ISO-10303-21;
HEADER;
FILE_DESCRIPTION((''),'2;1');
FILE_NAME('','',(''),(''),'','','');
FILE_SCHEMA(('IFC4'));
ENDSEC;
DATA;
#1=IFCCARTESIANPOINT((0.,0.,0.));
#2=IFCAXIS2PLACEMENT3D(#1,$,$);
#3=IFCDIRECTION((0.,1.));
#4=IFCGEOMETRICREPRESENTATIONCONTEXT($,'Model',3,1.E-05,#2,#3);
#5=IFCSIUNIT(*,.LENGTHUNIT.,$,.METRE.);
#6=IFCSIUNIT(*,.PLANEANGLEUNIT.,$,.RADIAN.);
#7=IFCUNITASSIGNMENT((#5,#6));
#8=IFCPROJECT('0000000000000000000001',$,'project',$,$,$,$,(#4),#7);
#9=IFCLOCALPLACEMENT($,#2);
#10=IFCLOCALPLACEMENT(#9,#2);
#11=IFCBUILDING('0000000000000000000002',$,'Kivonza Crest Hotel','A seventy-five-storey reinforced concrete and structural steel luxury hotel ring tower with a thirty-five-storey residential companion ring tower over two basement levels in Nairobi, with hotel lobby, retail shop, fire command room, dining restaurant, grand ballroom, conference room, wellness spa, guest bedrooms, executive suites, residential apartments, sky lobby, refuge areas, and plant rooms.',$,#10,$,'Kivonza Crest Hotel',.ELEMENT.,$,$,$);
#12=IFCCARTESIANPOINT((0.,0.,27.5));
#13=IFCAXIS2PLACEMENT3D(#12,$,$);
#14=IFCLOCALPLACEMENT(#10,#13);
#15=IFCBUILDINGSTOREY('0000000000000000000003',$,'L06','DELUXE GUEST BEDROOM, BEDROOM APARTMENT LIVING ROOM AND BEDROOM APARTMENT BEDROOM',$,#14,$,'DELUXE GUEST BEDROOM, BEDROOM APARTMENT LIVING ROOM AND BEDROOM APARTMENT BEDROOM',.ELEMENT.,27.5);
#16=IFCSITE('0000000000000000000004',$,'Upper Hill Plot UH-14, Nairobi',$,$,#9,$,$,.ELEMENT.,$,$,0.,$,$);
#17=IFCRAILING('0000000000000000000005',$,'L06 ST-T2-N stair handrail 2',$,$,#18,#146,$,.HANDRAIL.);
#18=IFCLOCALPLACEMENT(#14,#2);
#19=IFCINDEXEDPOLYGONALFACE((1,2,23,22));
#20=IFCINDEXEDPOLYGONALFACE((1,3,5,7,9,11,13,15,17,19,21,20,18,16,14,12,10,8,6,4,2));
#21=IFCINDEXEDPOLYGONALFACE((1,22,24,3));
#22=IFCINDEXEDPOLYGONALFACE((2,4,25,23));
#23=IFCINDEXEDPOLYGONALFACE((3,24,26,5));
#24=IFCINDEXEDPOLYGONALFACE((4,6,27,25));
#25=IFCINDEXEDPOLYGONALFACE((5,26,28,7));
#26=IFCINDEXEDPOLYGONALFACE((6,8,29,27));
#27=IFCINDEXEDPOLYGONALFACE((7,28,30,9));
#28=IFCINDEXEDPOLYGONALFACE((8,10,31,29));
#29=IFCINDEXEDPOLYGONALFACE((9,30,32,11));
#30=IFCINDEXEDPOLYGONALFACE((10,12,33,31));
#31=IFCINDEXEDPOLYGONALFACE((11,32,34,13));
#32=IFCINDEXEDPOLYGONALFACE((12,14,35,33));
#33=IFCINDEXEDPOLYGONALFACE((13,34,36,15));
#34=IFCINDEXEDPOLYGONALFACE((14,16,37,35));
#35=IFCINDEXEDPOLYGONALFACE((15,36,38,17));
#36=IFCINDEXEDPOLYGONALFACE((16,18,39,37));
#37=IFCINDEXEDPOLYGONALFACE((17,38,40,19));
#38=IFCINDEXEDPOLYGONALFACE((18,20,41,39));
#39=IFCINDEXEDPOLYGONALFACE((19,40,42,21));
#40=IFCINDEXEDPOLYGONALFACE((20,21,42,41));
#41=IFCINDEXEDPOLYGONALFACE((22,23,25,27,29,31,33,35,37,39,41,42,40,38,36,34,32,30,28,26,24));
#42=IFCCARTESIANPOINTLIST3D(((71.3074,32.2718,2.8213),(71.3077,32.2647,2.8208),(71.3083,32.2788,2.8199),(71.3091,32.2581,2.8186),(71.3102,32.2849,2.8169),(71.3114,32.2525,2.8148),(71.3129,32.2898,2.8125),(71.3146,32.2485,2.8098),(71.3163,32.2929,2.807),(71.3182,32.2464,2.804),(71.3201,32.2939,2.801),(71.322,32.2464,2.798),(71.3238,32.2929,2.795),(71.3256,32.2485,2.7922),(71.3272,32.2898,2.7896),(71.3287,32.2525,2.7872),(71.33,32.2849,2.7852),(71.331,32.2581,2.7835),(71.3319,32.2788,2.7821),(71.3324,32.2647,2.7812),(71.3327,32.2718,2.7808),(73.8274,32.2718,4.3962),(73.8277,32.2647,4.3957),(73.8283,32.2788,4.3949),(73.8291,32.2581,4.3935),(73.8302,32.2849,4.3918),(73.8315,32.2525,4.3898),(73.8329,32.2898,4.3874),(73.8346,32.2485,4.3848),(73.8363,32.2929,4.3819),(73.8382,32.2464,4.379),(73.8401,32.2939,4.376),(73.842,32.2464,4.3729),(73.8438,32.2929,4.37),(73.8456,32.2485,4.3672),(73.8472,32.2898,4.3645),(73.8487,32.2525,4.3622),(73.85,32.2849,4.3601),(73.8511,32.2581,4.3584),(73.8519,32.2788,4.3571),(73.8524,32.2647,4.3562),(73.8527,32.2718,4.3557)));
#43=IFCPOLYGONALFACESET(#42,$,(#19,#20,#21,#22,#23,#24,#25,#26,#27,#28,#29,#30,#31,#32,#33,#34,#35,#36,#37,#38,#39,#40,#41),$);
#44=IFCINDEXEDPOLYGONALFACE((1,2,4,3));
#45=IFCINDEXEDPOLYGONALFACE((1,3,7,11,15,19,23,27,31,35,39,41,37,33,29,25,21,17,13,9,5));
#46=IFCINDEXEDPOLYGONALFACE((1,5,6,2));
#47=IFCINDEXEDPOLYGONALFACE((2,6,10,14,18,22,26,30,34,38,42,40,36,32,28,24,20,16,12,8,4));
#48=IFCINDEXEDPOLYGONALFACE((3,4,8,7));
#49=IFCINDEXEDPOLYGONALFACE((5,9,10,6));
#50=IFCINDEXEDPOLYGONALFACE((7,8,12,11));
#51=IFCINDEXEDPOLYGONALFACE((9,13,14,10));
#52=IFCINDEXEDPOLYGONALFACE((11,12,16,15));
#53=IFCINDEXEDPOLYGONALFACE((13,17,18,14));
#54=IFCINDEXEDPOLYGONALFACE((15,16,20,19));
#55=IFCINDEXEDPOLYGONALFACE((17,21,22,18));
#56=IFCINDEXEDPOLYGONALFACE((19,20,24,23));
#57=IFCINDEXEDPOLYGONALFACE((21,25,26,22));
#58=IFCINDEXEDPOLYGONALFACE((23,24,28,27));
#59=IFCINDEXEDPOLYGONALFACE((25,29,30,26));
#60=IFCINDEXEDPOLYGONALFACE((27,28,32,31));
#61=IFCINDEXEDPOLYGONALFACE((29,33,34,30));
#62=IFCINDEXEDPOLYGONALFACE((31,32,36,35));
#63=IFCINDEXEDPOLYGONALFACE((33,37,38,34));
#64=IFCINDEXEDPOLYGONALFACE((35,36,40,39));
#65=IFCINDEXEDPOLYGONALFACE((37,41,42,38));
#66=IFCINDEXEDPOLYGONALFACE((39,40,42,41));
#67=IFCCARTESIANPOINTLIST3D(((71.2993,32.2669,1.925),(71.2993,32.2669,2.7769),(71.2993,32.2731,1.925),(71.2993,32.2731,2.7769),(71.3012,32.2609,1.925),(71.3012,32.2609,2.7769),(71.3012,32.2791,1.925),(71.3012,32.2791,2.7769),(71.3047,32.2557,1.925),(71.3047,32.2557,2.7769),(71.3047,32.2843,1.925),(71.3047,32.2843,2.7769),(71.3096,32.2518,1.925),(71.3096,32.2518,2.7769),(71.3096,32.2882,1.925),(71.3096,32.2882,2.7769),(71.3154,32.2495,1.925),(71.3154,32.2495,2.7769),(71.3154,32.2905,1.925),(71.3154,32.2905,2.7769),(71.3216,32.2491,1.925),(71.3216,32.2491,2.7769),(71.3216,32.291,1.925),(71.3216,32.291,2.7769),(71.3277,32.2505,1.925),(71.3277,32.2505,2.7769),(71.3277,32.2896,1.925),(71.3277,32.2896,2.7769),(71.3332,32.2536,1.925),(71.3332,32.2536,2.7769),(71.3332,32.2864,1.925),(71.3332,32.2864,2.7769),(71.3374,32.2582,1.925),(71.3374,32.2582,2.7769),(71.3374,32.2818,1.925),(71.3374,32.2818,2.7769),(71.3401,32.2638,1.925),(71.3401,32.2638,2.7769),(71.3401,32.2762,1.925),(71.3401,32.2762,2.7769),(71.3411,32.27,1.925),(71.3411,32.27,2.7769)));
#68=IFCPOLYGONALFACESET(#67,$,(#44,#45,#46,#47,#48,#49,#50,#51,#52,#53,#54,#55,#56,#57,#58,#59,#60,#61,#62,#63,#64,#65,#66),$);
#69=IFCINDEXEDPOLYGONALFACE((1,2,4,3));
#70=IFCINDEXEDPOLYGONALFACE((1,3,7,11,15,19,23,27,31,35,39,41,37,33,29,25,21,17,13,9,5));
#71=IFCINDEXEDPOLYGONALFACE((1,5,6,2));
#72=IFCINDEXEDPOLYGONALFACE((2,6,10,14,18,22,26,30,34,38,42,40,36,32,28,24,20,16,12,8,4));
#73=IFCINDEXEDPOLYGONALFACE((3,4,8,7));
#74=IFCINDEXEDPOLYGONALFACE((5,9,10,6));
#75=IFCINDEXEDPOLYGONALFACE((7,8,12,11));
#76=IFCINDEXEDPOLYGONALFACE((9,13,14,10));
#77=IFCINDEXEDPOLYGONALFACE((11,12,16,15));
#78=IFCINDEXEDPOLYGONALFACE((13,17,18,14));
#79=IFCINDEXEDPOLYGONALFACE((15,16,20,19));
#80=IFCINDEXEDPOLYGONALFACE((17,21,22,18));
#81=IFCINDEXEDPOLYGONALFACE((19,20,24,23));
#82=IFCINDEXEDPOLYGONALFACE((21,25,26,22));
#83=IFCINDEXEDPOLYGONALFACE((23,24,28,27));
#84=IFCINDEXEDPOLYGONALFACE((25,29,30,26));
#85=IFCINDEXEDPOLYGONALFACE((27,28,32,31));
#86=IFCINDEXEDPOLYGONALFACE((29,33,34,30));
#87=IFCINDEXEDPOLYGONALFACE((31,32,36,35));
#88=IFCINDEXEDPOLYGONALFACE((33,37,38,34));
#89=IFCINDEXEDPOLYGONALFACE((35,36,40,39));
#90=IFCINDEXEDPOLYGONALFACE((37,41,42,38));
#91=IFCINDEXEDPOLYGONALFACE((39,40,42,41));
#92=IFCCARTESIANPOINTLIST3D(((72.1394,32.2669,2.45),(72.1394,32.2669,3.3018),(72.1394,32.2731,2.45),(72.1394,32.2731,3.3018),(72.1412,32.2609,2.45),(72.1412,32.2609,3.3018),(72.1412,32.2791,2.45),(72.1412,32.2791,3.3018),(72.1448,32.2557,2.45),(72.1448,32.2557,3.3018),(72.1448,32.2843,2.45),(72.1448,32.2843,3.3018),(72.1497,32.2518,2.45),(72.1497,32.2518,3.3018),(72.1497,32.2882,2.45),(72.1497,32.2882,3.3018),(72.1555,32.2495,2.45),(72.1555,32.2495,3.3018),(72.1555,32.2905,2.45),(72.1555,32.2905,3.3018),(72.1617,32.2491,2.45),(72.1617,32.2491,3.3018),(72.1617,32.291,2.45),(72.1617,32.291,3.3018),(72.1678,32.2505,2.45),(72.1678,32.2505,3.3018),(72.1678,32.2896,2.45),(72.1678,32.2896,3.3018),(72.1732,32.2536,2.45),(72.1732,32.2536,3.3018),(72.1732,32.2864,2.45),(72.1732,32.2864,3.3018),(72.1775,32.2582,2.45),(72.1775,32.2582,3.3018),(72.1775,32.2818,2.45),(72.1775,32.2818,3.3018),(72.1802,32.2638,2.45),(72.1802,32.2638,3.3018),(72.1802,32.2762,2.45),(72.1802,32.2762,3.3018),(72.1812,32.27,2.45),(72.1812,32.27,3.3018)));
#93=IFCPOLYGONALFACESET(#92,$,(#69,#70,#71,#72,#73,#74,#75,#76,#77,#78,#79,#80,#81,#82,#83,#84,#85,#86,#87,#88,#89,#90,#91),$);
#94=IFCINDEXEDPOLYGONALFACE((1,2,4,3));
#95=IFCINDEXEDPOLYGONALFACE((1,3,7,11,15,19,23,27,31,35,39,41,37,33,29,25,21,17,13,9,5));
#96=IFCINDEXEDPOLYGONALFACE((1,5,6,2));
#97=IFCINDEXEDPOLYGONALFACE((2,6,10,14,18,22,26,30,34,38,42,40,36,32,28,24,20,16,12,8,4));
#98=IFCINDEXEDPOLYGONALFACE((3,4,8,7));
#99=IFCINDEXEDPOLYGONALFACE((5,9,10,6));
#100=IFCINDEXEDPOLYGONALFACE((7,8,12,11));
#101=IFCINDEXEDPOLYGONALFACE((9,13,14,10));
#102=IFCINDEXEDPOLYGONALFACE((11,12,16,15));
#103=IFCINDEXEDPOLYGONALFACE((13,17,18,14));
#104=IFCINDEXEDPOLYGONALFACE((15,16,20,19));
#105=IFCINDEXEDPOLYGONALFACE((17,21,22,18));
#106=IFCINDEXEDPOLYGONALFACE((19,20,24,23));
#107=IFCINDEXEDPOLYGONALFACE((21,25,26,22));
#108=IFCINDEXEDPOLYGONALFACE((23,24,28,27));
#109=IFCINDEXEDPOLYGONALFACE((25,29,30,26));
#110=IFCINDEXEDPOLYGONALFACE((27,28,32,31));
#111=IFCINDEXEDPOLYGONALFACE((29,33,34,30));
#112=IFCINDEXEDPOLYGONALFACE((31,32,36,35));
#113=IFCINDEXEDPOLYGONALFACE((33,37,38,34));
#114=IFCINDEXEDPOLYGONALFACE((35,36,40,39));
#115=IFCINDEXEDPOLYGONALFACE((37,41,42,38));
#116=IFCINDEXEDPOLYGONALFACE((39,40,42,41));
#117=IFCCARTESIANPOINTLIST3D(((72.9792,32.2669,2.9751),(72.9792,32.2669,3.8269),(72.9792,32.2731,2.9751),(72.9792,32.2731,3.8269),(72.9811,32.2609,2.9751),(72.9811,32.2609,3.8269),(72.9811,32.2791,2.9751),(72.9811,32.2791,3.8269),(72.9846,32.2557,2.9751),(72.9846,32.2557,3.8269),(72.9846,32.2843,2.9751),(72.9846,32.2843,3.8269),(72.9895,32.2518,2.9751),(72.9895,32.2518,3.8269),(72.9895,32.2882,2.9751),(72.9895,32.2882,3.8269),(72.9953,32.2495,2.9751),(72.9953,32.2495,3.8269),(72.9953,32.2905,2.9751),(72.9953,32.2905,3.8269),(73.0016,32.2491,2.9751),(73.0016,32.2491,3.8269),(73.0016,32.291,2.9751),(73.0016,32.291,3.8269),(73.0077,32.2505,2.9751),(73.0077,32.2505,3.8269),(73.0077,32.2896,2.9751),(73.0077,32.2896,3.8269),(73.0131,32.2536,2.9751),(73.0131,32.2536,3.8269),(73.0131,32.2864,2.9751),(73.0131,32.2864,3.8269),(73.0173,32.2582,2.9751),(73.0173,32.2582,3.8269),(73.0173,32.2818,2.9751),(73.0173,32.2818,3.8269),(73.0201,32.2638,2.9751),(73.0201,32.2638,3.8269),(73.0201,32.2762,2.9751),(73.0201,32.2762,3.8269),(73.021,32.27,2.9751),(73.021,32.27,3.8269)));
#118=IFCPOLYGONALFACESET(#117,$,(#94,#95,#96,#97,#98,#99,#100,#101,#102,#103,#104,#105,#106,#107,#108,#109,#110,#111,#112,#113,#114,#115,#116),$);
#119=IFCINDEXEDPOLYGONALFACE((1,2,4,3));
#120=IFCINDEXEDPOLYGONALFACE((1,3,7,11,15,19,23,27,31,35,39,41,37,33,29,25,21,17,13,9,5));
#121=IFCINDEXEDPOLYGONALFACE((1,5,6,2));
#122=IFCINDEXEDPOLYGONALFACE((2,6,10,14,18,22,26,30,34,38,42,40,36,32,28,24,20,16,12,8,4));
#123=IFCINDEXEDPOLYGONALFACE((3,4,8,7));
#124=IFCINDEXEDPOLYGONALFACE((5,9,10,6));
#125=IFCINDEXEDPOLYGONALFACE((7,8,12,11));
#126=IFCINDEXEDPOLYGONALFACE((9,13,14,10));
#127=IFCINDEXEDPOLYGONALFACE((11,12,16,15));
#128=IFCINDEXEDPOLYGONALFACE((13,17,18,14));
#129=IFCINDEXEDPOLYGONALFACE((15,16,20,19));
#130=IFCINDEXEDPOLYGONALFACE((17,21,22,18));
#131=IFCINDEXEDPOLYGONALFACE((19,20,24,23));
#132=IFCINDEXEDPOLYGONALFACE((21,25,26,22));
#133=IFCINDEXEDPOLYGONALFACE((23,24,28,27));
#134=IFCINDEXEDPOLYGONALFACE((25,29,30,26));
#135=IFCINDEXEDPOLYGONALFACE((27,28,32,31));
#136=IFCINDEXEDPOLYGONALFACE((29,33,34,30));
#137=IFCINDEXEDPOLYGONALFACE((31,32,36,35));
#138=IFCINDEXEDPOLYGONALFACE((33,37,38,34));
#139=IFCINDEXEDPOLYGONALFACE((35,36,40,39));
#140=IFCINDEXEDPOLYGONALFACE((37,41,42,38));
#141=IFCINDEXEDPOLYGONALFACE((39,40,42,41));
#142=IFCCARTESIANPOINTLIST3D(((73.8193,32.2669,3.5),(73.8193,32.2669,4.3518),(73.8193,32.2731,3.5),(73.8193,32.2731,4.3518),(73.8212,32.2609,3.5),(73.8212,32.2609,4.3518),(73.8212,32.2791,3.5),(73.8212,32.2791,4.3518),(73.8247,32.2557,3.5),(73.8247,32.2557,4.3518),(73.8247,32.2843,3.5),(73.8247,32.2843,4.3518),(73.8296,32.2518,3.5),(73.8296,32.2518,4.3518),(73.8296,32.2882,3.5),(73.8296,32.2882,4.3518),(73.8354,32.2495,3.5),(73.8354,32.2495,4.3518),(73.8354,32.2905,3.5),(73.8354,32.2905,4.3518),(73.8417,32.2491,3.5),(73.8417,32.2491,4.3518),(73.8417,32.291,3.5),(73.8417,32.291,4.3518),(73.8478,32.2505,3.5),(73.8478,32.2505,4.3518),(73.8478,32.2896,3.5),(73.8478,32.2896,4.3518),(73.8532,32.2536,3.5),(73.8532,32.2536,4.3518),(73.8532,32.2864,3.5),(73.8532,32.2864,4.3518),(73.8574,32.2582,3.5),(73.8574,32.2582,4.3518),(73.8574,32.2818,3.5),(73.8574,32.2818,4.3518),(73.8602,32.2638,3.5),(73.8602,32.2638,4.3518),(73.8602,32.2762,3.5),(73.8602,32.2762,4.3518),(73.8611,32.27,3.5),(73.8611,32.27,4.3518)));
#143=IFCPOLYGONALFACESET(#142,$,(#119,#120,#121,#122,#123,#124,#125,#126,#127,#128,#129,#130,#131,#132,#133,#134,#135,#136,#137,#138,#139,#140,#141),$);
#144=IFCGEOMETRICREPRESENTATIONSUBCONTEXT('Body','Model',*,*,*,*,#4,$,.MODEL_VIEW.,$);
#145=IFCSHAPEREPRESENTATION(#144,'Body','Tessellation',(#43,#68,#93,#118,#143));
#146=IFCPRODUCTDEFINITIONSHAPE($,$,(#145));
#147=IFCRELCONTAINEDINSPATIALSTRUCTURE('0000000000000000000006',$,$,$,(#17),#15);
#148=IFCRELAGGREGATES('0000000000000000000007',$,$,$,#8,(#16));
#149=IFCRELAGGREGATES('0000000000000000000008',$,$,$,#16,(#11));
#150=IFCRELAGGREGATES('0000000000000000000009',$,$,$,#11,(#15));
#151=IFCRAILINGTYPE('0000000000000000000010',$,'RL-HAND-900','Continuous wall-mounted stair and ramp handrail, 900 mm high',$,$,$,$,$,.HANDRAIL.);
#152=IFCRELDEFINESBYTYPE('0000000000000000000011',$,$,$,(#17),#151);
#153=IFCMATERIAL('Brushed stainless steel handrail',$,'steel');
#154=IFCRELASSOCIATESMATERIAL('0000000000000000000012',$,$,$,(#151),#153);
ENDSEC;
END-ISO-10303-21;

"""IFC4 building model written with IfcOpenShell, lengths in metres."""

from ifc_helpers import new_model, si_unit, direction, frame, origin, origin_2d, place, context, subcontext, project, spatial, circle, extrude, material, type_object, element, save


model = new_model("IFC4")

# Units and contexts
model_context = context("Model", 3, precision=1e-05, world=origin(), true_north=direction((0.0, 1.0)))
body_context = subcontext(model_context, "Body", "Model", "MODEL_VIEW")
ifc_project = project(units=[si_unit("LENGTHUNIT", "METRE"), si_unit("PLANEANGLEUNIT", "RADIAN")], contexts=[model_context])

# Site, building, storey
site_placement = place(None, origin())
site = spatial("IfcSite", under=ifc_project, at=site_placement, Name="Upper Hill Plot UH-14, Nairobi", CompositionType="ELEMENT", RefElevation=0.0)
building_placement = place(site_placement, origin())
building = spatial("IfcBuilding", under=site, at=building_placement, Name="Kivonza Crest Hotel", Description="A seventy-five-storey reinforced concrete and structural steel luxury hotel ring tower with a thirty-five-storey residential companion ring tower over two basement levels in Nairobi, with hotel lobby, retail shop, fire command room, dining restaurant, grand ballroom, conference room, wellness spa, guest bedrooms, executive suites, residential apartments, sky lobby, refuge areas, and plant rooms.", LongName="Kivonza Crest Hotel", CompositionType="ELEMENT")
storey_placement = place(building_placement, frame((0.0, 0.0, 27.5)))
storey = spatial("IfcBuildingStorey", under=building, at=storey_placement, Name="L06", Description="DELUXE GUEST BEDROOM, BEDROOM APARTMENT LIVING ROOM AND BEDROOM APARTMENT BEDROOM", LongName="DELUXE GUEST BEDROOM, BEDROOM APARTMENT LIVING ROOM AND BEDROOM APARTMENT BEDROOM", CompositionType="ELEMENT", Elevation=27.5)

# Railing
ifc_material_1 = material(Name="Brushed stainless steel handrail", Category="steel")
railing_type = type_object("IfcRailingType", Name="RL-HAND-900", Description="Continuous wall-mounted stair and ramp handrail, 900 mm high", PredefinedType="HANDRAIL", material=ifc_material_1)
railing_placement = place(storey_placement, frame((71.3201, 32.27, 1.925)))
element("IfcRailing", 1, at=railing_placement, inside=storey, type_object=railing_type, Name="L06 ST-T2-N stair handrail 2", PredefinedType="HANDRAIL", context=body_context, shape_type="SweptSolid", body=[
    extrude(circle(Radius=0.0239, at=origin_2d()), frame((0.0, 0.0, 0.876), z_axis=(0.848008, 0.0, 0.529984), x_axis=(0.0, 1.0, 0.0)), (0.0, 0.0, 1.0), 2.9717),
    extrude(circle(Radius=0.021, at=origin_2d()), origin(), (0.0, 0.0, 1.0), 0.8518),
    extrude(circle(Radius=0.021, at=origin_2d()), frame((0.8401, 0.0, 0.5249)), (0.0, 0.0, 1.0), 0.8518),
    extrude(circle(Radius=0.021, at=origin_2d()), frame((1.6799, 0.0, 1.05)), (0.0, 0.0, 1.0), 0.8518),
    extrude(circle(Radius=0.021, at=origin_2d()), frame((2.52, 0.0, 1.575)), (0.0, 0.0, 1.0), 0.8518),
])

save(model, "model.ifc")
